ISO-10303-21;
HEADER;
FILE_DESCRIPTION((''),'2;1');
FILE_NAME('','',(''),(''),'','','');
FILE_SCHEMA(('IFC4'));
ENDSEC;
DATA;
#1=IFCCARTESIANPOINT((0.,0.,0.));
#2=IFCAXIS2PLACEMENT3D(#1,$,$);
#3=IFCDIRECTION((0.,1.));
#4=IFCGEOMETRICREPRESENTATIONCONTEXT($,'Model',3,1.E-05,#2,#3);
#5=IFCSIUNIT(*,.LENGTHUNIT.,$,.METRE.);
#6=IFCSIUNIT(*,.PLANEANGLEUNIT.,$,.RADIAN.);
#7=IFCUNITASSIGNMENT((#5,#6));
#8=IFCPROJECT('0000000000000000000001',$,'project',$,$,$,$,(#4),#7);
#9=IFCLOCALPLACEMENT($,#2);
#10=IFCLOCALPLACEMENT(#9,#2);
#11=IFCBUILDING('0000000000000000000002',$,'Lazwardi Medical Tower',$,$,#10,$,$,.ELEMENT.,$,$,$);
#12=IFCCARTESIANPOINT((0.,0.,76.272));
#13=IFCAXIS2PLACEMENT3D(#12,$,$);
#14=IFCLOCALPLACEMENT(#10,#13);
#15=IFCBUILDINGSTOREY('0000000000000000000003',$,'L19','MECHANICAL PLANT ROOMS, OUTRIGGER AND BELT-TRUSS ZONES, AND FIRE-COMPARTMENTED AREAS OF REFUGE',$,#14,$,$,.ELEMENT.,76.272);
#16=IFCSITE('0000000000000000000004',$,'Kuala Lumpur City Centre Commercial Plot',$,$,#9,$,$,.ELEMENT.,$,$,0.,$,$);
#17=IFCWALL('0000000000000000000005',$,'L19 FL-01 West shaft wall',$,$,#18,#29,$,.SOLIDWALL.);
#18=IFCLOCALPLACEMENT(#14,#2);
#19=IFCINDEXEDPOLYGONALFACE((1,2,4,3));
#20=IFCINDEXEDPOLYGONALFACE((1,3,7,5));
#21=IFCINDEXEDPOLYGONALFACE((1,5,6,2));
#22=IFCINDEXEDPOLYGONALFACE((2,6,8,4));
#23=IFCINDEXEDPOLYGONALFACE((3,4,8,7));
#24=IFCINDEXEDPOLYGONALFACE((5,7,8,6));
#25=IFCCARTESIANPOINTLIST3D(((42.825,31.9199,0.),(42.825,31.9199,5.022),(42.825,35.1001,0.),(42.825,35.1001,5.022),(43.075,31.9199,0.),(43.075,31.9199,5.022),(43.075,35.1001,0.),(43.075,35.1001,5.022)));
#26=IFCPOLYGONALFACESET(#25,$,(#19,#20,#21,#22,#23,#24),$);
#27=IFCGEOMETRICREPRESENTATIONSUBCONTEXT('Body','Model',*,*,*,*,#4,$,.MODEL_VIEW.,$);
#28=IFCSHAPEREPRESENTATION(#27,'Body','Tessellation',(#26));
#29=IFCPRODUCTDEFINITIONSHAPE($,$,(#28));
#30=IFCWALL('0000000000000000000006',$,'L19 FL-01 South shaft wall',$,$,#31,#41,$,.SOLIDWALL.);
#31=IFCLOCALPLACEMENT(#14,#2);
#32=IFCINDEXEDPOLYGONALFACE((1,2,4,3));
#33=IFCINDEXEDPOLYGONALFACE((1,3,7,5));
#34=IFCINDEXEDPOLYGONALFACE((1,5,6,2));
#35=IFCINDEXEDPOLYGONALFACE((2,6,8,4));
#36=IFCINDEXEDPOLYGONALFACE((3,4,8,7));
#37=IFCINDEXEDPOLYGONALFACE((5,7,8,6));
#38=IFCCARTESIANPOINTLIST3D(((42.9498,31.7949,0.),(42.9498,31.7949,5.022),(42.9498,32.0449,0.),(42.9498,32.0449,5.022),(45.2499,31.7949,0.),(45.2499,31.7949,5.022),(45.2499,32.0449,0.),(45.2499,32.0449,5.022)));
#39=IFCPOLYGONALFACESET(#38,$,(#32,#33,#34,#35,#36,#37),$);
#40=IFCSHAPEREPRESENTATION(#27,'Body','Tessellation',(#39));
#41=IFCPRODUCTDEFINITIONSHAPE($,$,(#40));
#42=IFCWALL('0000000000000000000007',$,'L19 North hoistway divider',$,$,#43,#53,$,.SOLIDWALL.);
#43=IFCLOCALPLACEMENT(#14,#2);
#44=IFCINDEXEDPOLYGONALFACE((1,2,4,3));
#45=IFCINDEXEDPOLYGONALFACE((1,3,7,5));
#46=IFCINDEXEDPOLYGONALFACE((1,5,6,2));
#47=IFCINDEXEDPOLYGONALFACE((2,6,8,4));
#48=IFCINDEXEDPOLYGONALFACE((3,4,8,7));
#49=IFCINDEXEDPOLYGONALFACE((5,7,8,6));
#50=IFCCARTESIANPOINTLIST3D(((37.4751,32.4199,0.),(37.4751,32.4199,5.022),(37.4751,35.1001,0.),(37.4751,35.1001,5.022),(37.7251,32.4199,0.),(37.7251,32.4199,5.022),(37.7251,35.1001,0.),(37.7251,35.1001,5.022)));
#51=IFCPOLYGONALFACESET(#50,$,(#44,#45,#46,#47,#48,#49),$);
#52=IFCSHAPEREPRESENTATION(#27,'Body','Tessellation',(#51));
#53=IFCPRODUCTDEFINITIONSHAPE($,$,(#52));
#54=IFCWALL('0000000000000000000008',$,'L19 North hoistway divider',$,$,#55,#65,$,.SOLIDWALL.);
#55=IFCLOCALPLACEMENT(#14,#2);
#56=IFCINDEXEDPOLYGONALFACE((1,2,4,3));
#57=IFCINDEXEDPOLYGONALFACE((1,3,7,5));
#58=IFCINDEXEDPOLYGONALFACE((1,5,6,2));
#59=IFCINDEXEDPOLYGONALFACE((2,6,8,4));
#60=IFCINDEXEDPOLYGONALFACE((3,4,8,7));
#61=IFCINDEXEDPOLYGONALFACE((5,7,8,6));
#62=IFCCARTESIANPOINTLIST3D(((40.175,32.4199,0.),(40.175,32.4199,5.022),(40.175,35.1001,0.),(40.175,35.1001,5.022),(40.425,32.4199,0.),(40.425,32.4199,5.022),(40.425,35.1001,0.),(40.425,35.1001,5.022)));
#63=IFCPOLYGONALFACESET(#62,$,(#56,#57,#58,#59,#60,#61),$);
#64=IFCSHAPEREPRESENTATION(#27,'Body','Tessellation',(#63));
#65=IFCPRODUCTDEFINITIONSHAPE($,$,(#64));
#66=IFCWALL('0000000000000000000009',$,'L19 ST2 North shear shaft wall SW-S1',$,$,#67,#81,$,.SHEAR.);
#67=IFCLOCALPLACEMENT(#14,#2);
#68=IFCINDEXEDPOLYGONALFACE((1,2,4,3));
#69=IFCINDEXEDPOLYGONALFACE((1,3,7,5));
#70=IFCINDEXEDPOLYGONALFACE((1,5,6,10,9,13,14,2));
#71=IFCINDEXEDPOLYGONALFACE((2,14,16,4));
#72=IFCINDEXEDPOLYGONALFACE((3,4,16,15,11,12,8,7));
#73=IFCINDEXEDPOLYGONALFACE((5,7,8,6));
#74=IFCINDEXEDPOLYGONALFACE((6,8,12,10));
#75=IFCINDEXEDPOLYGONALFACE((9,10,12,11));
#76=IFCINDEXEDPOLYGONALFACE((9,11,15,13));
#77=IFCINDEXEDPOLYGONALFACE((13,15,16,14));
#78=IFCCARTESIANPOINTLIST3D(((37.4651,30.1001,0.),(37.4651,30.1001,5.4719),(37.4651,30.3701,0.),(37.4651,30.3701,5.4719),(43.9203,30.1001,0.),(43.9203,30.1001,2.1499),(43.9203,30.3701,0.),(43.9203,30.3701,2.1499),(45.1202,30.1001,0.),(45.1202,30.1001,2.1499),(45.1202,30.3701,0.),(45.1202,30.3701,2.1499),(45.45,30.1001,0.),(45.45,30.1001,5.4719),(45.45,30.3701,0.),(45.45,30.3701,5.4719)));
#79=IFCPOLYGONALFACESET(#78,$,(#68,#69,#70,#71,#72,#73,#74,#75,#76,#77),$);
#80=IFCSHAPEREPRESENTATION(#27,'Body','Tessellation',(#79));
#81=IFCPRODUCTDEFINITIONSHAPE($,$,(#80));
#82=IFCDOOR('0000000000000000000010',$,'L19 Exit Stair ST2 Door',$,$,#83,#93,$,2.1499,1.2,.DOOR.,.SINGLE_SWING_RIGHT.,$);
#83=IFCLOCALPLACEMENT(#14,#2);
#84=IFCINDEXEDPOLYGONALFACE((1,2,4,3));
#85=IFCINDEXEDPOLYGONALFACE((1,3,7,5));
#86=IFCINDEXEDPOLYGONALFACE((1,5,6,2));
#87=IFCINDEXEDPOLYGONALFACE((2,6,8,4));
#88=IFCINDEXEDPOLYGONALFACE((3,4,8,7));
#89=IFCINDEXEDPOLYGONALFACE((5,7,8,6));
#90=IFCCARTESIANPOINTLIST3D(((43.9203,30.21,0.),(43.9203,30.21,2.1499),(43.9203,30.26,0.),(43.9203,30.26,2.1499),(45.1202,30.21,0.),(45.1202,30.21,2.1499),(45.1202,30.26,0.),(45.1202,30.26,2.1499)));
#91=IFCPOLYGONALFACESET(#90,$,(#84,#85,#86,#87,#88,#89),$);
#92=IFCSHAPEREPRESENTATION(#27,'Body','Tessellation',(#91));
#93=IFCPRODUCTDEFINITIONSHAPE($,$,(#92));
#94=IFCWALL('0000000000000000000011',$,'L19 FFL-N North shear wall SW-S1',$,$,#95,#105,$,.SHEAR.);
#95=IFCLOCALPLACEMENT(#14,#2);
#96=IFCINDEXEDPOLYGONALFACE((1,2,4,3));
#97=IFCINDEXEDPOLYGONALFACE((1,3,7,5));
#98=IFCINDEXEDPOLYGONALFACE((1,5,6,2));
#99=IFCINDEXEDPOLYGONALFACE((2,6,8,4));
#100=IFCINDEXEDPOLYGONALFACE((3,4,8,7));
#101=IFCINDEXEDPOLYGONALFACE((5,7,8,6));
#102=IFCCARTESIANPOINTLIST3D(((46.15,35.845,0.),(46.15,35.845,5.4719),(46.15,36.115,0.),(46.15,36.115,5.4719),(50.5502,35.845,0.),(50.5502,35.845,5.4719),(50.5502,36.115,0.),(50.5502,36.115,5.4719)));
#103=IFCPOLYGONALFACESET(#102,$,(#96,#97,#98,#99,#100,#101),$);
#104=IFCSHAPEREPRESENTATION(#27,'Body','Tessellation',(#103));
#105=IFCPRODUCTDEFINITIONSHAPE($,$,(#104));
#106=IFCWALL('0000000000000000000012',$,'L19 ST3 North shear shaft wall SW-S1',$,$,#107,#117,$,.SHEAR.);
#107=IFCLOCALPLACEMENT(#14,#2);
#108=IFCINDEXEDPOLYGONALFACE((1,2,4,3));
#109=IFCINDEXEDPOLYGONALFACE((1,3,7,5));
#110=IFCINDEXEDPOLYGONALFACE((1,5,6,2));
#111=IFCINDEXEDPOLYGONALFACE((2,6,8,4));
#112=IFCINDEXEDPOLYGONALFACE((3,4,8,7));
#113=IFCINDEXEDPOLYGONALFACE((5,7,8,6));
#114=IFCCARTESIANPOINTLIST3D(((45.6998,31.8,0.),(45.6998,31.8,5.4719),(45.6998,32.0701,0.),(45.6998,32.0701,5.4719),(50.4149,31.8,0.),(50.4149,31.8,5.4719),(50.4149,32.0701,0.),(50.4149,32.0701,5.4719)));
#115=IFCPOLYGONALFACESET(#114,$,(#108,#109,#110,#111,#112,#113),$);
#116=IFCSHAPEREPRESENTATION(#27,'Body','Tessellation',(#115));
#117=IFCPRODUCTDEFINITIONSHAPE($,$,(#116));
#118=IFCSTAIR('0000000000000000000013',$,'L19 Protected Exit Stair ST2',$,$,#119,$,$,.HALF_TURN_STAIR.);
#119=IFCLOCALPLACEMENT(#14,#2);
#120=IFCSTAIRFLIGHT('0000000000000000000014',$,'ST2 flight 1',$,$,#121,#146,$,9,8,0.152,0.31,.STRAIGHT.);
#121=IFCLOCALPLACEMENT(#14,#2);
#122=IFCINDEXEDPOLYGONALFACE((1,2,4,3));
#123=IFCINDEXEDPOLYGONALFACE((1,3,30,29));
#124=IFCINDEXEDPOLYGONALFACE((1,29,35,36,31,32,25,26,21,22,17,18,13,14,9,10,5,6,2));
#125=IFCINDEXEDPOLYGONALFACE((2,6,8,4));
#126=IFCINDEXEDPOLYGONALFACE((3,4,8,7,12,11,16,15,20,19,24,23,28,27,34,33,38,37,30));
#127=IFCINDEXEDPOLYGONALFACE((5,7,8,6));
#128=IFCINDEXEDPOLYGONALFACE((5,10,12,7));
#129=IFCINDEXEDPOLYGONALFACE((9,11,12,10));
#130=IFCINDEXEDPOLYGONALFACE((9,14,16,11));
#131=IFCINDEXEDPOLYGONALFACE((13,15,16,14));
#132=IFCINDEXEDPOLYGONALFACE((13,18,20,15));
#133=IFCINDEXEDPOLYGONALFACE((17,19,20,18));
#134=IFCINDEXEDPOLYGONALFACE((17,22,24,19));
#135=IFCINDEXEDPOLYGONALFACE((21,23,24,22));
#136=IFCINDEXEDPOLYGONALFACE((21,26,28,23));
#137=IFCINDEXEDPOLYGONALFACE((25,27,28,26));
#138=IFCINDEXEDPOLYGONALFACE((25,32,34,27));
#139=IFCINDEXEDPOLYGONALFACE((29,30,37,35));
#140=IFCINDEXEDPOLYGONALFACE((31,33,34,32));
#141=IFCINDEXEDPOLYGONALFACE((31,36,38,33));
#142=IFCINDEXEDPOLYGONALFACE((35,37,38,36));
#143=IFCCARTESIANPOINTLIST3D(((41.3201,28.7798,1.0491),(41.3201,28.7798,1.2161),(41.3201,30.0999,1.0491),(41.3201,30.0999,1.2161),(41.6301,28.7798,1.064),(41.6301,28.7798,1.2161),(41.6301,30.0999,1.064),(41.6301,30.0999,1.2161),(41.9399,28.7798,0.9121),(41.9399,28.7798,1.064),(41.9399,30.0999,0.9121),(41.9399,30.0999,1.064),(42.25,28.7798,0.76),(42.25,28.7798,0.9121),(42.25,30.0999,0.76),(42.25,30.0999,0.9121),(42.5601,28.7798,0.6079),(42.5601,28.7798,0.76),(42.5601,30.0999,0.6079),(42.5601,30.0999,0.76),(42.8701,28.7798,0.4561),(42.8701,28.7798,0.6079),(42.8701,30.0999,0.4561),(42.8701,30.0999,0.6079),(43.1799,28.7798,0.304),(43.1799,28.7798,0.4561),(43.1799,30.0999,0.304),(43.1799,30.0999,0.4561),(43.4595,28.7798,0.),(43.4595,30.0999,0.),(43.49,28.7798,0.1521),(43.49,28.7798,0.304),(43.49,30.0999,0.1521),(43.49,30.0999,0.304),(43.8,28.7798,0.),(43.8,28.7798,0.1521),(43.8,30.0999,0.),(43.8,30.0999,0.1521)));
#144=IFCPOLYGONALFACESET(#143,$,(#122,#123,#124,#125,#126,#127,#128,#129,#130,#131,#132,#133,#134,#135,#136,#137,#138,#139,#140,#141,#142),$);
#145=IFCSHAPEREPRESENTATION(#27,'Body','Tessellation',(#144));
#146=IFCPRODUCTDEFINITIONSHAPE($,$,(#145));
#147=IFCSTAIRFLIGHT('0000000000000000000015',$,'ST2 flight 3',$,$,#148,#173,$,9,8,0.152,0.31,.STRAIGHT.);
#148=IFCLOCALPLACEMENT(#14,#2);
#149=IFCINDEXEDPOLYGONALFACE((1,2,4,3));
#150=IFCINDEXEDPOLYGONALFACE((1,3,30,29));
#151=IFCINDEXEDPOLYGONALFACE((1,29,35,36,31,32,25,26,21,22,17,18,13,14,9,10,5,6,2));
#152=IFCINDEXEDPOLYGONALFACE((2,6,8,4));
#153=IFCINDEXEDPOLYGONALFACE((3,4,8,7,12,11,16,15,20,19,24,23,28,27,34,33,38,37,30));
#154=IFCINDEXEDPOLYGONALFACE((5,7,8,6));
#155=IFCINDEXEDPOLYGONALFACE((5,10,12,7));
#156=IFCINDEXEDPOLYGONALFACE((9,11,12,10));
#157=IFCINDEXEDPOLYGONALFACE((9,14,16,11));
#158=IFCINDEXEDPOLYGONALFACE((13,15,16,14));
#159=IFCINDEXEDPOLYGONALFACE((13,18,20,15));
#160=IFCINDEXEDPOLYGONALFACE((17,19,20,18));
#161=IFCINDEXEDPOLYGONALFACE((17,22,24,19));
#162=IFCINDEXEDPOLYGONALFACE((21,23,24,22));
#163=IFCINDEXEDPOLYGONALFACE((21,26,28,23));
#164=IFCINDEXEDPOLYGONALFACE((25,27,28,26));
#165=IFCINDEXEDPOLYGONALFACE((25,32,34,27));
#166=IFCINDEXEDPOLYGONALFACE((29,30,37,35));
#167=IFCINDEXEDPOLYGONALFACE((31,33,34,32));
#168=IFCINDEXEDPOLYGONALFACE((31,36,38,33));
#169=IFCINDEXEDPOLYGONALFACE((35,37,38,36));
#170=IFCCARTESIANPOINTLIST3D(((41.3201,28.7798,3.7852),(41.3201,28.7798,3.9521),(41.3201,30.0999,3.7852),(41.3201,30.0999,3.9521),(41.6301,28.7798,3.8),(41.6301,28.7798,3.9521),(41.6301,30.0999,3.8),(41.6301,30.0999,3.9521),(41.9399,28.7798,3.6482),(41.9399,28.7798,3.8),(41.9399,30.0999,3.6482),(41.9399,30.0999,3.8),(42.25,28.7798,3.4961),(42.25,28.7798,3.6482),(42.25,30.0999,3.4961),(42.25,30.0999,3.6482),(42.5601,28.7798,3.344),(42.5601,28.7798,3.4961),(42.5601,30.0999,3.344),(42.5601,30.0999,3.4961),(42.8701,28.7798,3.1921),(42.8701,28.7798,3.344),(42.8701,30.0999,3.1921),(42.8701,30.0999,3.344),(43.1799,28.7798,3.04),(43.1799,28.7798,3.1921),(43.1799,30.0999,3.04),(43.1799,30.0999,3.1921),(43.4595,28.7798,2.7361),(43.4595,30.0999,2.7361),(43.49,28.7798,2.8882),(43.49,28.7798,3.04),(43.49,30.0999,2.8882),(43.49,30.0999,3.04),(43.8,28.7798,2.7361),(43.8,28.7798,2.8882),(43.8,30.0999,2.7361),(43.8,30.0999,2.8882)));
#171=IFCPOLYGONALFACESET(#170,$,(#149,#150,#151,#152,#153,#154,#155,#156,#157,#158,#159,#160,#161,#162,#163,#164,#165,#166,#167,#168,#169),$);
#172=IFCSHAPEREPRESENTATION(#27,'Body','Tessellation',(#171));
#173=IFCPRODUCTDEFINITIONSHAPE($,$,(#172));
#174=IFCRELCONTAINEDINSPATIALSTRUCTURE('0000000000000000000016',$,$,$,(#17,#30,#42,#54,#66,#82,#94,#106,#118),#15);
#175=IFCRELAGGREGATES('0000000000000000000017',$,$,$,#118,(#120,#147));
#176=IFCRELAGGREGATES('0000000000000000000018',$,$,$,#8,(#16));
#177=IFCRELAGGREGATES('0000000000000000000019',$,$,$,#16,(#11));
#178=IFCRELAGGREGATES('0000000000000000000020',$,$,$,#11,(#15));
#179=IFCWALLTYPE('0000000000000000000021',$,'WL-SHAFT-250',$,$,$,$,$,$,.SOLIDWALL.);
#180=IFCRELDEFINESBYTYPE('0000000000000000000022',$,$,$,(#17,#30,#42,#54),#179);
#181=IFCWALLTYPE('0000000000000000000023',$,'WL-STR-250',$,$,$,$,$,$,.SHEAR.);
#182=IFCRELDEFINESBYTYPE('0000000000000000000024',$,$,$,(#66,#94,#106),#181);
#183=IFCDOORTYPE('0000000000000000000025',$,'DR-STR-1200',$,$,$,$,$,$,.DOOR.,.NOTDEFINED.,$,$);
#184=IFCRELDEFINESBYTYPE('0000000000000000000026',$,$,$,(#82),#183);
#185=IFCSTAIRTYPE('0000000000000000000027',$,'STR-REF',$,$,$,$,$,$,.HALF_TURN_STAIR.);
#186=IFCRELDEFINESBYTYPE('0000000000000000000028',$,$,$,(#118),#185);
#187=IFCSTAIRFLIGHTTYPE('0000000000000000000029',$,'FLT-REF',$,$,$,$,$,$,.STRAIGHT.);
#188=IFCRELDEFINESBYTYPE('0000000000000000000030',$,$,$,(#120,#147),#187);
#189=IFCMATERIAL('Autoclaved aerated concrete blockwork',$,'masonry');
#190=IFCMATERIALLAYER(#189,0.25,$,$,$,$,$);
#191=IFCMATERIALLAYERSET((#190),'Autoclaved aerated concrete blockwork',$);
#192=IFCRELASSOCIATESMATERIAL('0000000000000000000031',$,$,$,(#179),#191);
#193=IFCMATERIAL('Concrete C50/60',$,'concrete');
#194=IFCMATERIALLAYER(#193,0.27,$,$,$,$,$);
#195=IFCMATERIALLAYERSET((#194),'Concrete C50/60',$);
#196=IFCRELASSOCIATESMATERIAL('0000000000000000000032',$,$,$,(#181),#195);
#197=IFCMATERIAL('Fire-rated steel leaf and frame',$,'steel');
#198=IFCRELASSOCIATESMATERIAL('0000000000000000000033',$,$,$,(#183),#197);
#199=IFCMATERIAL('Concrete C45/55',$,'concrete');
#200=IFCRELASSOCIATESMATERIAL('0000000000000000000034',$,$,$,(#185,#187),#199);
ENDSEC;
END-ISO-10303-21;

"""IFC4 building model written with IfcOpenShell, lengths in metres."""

from ifc_helpers import new_model, si_unit, direction, frame, frame_2d, origin, place, context, subcontext, project, spatial, polyline, rectangle, outline, extrude, material, layer, layer_set, type_object, element, fill, aggregate, save


model = new_model("IFC4")

# Units and contexts
model_context = context("Model", 3, precision=1e-05, world=origin(), true_north=direction((0.0, 1.0)))
body_context = subcontext(model_context, "Body", "Model", "MODEL_VIEW")
ifc_project = project(units=[si_unit("LENGTHUNIT", "METRE"), si_unit("PLANEANGLEUNIT", "RADIAN")], contexts=[model_context])

# Site, building, storey
site_placement = place(None, origin())
site = spatial("IfcSite", under=ifc_project, at=site_placement, Name="Kuala Lumpur City Centre Commercial Plot", CompositionType="ELEMENT", RefElevation=0.0)
building_placement = place(site_placement, origin())
building = spatial("IfcBuilding", under=site, at=building_placement, Name="Lazwardi Medical Tower", CompositionType="ELEMENT")
storey_placement = place(building_placement, frame((0.0, 0.0, 76.272)))
storey = spatial("IfcBuildingStorey", under=building, at=storey_placement, Name="L19", Description="MECHANICAL PLANT ROOMS, OUTRIGGER AND BELT-TRUSS ZONES, AND FIRE-COMPARTMENTED AREAS OF REFUGE", CompositionType="ELEMENT", Elevation=76.272)

# Walls
ifc_material_1 = material(Name="Autoclaved aerated concrete blockwork", Category="masonry")
ifc_layer_1 = layer(ifc_material_1, 0.25)
ifc_layer_set_1 = layer_set([ifc_layer_1], Name="Autoclaved aerated concrete blockwork")
wall_type_1 = type_object("IfcWallType", Name="WL-SHAFT-250", PredefinedType="SOLIDWALL", material=ifc_layer_set_1)
wall_1_placement = place(storey_placement, frame((42.95, 31.9199, 0.0), z_axis=(0.0, 0.0, 1.0), x_axis=(0.0, 1.0, 0.0)))
element("IfcWall", 1, at=wall_1_placement, inside=storey, type_object=wall_type_1, Name="L19 FL-01 West shaft wall", PredefinedType="SOLIDWALL", context=body_context, shape_type="SweptSolid", body=[
    extrude(rectangle(XDim=3.1802, YDim=0.25, at=frame_2d((1.5901, 0.0))), origin(), (0.0, 0.0, 1.0), 5.022),
])
wall_2_placement = place(storey_placement, frame((42.95, 31.9199, 0.0), z_axis=(0.0, 0.0, 1.0), x_axis=(1.0, 0.0, 0.0)))
element("IfcWall", 2, at=wall_2_placement, inside=storey, type_object=wall_type_1, Name="L19 FL-01 South shaft wall", PredefinedType="SOLIDWALL", context=body_context, shape_type="SweptSolid", body=[
    extrude(rectangle(XDim=2.3, YDim=0.25, at=frame_2d((1.1499, 0.0))), origin(), (0.0, 0.0, 1.0), 5.022),
])
for number, where, z_axis, x_axis, name in (
    (3, (37.6001, 32.4199, 0.0), (0.0, 0.0, 1.0), (0.0, 1.0, 0.0), "L19 North hoistway divider"),
    (4, (40.3, 32.4199, 0.0), (0.0, 0.0, 1.0), (0.0, 1.0, 0.0), "L19 North hoistway divider"),
):
    element("IfcWall", number, at=place(storey_placement, frame(where, z_axis=z_axis, x_axis=x_axis)), inside=storey, type_object=wall_type_1, Name=name, PredefinedType="SOLIDWALL", context=body_context, shape_type="SweptSolid", body=[
        extrude(rectangle(XDim=2.6802, YDim=0.25, at=frame_2d((1.3401, 0.0))), origin(), (0.0, 0.0, 1.0), 5.022),
    ])

# Wall, opening, door
ifc_material_2 = material(Name="Concrete C50/60", Category="concrete")
ifc_layer_2 = layer(ifc_material_2, 0.27)
ifc_layer_set_2 = layer_set([ifc_layer_2], Name="Concrete C50/60")
wall_type_2 = type_object("IfcWallType", Name="WL-STR-250", PredefinedType="SHEAR", material=ifc_layer_set_2)
wall_3_placement = place(storey_placement, frame((37.4651, 30.2351, 0.0), z_axis=(0.0, 0.0, 1.0), x_axis=(1.0, 0.0, 0.0)))
wall_3 = element("IfcWall", 5, at=wall_3_placement, inside=storey, type_object=wall_type_2, Name="L19 ST2 North shear shaft wall SW-S1", PredefinedType="SHEAR", context=body_context, shape_type="SweptSolid", body=[
    extrude(rectangle(XDim=7.9849, YDim=0.27, at=frame_2d((3.9924, 0.0))), origin(), (0.0, 0.0, 1.0), 5.4719),
])
opening_placement = place(wall_3_placement, frame((6.4551, 0.0, 0.0)))
opening = element("IfcOpeningElement", 6, at=opening_placement, cuts=wall_3, PredefinedType="OPENING", context=body_context, shape_type="SweptSolid", body=[
    extrude(rectangle(XDim=1.2, YDim=2.1499, at=frame_2d((0.6001, 1.075))), frame((0.0, 0.145, 0.0), z_axis=(0.0, -1.0, 0.0), x_axis=(1.0, 0.0, 0.0)), (0.0, 0.0, 1.0), 0.29),
])
ifc_material_3 = material(Name="Fire-rated steel leaf and frame", Category="steel")
door_type = type_object("IfcDoorType", Name="DR-STR-1200", OperationType="NOTDEFINED", PredefinedType="DOOR", material=ifc_material_3)
door_placement = place(opening_placement, origin())
door = element("IfcDoor", 7, at=door_placement, inside=storey, type_object=door_type, Name="L19 Exit Stair ST2 Door", OperationType="SINGLE_SWING_RIGHT", OverallHeight=2.1499, OverallWidth=1.2, PredefinedType="DOOR", context=body_context, shape_type="SweptSolid", body=[
    extrude(rectangle(XDim=1.2, YDim=2.1499, at=frame_2d((0.6001, 1.075))), frame((0.0, 0.0249, 0.0), z_axis=(0.0, -1.0, 0.0), x_axis=(1.0, 0.0, 0.0)), (0.0, 0.0, 1.0), 0.05),
])
fill(opening, door)

# Walls
wall_4_placement = place(storey_placement, frame((46.1499, 35.98, 0.0), z_axis=(0.0, 0.0, 1.0), x_axis=(1.0, 0.0, 0.0)))
element("IfcWall", 8, at=wall_4_placement, inside=storey, type_object=wall_type_2, Name="L19 FFL-N North shear wall SW-S1", PredefinedType="SHEAR", context=body_context, shape_type="SweptSolid", body=[
    extrude(rectangle(XDim=4.4001, YDim=0.27, at=frame_2d((2.2002, 0.0))), origin(), (0.0, 0.0, 1.0), 5.4719),
])
wall_5_placement = place(storey_placement, frame((45.7, 31.9351, 0.0), z_axis=(0.0, 0.0, 1.0), x_axis=(1.0, 0.0, 0.0)))
element("IfcWall", 9, at=wall_5_placement, inside=storey, type_object=wall_type_2, Name="L19 ST3 North shear shaft wall SW-S1", PredefinedType="SHEAR", context=body_context, shape_type="SweptSolid", body=[
    extrude(rectangle(XDim=4.7151, YDim=0.27, at=frame_2d((2.3574, 0.0))), origin(), (0.0, 0.0, 1.0), 5.4719),
])

# Stair, stair flights
ifc_material_4 = material(Name="Concrete C45/55", Category="concrete")
stair_type = type_object("IfcStairType", Name="STR-REF", PredefinedType="HALF_TURN_STAIR", material=ifc_material_4)
stair_1_placement = place(storey_placement, origin())
stair_1 = element("IfcStair", 10, at=stair_1_placement, inside=storey, type_object=stair_type, Name="L19 Protected Exit Stair ST2", PredefinedType="HALF_TURN_STAIR")
stair_flight_type = type_object("IfcStairFlightType", Name="FLT-REF", PredefinedType="STRAIGHT", material=ifc_material_4)
stair_flight_1_placement = place(storey_placement, frame((43.8, 29.4399, 0.0), z_axis=(0.0, 0.0, 1.0), x_axis=(-1.0, 0.0, 0.0)))
stair_flight_1 = element("IfcStairFlight", 11, at=stair_flight_1_placement, type_object=stair_flight_type, Name="ST2 flight 1", NumberOfRisers=9, NumberOfTreads=8, PredefinedType="STRAIGHT", RiserHeight=0.152, TreadLength=0.31, context=body_context, shape_type="SweptSolid", body=[
    extrude(outline(polyline([(0.0, 0.0), (0.0, 0.1521), (0.3101, 0.1521), (0.3101, 0.304), (0.6201, 0.304), (0.6201, 0.4561), (0.9299, 0.4561), (0.9299, 0.6079), (1.24, 0.6079), (1.24, 0.76), (1.55, 0.76), (1.55, 0.9121), (1.8601, 0.9121), (1.8601, 1.064), (2.1699, 1.064), (2.1699, 1.2161), (2.48, 1.2161), (2.48, 1.3679), (2.48, 1.0491), (0.3406, 0.0), (0.0, 0.0)])), frame((0.0, 0.6602, 0.0), z_axis=(0.0, -1.0, 0.0), x_axis=(1.0, 0.0, 0.0)), (0.0, 0.0, 1.0), 1.3201),
])
stair_flight_2_placement = place(storey_placement, frame((43.8, 29.4399, 2.7361), z_axis=(0.0, 0.0, 1.0), x_axis=(-1.0, 0.0, 0.0)))
stair_flight_2 = element("IfcStairFlight", 12, at=stair_flight_2_placement, type_object=stair_flight_type, Name="ST2 flight 3", NumberOfRisers=9, NumberOfTreads=8, PredefinedType="STRAIGHT", RiserHeight=0.152, TreadLength=0.31, context=body_context, shape_type="SweptSolid", body=[
    extrude(outline(polyline([(0.0, 0.0), (0.0, 0.1521), (0.3101, 0.1521), (0.3101, 0.304), (0.6201, 0.304), (0.6201, 0.4561), (0.9299, 0.4561), (0.9299, 0.6079), (1.24, 0.6079), (1.24, 0.76), (1.55, 0.76), (1.55, 0.9121), (1.8601, 0.9121), (1.8601, 1.064), (2.1699, 1.064), (2.1699, 1.2161), (2.48, 1.2161), (2.48, 1.3679), (2.48, 1.0491), (0.3406, 0.0), (0.0, 0.0)])), frame((0.0, 0.6602, 0.0), z_axis=(0.0, -1.0, 0.0), x_axis=(1.0, 0.0, 0.0)), (0.0, 0.0, 1.0), 1.3201),
])
aggregate(stair_1, [stair_flight_1, stair_flight_2])

save(model, "model.ifc")
